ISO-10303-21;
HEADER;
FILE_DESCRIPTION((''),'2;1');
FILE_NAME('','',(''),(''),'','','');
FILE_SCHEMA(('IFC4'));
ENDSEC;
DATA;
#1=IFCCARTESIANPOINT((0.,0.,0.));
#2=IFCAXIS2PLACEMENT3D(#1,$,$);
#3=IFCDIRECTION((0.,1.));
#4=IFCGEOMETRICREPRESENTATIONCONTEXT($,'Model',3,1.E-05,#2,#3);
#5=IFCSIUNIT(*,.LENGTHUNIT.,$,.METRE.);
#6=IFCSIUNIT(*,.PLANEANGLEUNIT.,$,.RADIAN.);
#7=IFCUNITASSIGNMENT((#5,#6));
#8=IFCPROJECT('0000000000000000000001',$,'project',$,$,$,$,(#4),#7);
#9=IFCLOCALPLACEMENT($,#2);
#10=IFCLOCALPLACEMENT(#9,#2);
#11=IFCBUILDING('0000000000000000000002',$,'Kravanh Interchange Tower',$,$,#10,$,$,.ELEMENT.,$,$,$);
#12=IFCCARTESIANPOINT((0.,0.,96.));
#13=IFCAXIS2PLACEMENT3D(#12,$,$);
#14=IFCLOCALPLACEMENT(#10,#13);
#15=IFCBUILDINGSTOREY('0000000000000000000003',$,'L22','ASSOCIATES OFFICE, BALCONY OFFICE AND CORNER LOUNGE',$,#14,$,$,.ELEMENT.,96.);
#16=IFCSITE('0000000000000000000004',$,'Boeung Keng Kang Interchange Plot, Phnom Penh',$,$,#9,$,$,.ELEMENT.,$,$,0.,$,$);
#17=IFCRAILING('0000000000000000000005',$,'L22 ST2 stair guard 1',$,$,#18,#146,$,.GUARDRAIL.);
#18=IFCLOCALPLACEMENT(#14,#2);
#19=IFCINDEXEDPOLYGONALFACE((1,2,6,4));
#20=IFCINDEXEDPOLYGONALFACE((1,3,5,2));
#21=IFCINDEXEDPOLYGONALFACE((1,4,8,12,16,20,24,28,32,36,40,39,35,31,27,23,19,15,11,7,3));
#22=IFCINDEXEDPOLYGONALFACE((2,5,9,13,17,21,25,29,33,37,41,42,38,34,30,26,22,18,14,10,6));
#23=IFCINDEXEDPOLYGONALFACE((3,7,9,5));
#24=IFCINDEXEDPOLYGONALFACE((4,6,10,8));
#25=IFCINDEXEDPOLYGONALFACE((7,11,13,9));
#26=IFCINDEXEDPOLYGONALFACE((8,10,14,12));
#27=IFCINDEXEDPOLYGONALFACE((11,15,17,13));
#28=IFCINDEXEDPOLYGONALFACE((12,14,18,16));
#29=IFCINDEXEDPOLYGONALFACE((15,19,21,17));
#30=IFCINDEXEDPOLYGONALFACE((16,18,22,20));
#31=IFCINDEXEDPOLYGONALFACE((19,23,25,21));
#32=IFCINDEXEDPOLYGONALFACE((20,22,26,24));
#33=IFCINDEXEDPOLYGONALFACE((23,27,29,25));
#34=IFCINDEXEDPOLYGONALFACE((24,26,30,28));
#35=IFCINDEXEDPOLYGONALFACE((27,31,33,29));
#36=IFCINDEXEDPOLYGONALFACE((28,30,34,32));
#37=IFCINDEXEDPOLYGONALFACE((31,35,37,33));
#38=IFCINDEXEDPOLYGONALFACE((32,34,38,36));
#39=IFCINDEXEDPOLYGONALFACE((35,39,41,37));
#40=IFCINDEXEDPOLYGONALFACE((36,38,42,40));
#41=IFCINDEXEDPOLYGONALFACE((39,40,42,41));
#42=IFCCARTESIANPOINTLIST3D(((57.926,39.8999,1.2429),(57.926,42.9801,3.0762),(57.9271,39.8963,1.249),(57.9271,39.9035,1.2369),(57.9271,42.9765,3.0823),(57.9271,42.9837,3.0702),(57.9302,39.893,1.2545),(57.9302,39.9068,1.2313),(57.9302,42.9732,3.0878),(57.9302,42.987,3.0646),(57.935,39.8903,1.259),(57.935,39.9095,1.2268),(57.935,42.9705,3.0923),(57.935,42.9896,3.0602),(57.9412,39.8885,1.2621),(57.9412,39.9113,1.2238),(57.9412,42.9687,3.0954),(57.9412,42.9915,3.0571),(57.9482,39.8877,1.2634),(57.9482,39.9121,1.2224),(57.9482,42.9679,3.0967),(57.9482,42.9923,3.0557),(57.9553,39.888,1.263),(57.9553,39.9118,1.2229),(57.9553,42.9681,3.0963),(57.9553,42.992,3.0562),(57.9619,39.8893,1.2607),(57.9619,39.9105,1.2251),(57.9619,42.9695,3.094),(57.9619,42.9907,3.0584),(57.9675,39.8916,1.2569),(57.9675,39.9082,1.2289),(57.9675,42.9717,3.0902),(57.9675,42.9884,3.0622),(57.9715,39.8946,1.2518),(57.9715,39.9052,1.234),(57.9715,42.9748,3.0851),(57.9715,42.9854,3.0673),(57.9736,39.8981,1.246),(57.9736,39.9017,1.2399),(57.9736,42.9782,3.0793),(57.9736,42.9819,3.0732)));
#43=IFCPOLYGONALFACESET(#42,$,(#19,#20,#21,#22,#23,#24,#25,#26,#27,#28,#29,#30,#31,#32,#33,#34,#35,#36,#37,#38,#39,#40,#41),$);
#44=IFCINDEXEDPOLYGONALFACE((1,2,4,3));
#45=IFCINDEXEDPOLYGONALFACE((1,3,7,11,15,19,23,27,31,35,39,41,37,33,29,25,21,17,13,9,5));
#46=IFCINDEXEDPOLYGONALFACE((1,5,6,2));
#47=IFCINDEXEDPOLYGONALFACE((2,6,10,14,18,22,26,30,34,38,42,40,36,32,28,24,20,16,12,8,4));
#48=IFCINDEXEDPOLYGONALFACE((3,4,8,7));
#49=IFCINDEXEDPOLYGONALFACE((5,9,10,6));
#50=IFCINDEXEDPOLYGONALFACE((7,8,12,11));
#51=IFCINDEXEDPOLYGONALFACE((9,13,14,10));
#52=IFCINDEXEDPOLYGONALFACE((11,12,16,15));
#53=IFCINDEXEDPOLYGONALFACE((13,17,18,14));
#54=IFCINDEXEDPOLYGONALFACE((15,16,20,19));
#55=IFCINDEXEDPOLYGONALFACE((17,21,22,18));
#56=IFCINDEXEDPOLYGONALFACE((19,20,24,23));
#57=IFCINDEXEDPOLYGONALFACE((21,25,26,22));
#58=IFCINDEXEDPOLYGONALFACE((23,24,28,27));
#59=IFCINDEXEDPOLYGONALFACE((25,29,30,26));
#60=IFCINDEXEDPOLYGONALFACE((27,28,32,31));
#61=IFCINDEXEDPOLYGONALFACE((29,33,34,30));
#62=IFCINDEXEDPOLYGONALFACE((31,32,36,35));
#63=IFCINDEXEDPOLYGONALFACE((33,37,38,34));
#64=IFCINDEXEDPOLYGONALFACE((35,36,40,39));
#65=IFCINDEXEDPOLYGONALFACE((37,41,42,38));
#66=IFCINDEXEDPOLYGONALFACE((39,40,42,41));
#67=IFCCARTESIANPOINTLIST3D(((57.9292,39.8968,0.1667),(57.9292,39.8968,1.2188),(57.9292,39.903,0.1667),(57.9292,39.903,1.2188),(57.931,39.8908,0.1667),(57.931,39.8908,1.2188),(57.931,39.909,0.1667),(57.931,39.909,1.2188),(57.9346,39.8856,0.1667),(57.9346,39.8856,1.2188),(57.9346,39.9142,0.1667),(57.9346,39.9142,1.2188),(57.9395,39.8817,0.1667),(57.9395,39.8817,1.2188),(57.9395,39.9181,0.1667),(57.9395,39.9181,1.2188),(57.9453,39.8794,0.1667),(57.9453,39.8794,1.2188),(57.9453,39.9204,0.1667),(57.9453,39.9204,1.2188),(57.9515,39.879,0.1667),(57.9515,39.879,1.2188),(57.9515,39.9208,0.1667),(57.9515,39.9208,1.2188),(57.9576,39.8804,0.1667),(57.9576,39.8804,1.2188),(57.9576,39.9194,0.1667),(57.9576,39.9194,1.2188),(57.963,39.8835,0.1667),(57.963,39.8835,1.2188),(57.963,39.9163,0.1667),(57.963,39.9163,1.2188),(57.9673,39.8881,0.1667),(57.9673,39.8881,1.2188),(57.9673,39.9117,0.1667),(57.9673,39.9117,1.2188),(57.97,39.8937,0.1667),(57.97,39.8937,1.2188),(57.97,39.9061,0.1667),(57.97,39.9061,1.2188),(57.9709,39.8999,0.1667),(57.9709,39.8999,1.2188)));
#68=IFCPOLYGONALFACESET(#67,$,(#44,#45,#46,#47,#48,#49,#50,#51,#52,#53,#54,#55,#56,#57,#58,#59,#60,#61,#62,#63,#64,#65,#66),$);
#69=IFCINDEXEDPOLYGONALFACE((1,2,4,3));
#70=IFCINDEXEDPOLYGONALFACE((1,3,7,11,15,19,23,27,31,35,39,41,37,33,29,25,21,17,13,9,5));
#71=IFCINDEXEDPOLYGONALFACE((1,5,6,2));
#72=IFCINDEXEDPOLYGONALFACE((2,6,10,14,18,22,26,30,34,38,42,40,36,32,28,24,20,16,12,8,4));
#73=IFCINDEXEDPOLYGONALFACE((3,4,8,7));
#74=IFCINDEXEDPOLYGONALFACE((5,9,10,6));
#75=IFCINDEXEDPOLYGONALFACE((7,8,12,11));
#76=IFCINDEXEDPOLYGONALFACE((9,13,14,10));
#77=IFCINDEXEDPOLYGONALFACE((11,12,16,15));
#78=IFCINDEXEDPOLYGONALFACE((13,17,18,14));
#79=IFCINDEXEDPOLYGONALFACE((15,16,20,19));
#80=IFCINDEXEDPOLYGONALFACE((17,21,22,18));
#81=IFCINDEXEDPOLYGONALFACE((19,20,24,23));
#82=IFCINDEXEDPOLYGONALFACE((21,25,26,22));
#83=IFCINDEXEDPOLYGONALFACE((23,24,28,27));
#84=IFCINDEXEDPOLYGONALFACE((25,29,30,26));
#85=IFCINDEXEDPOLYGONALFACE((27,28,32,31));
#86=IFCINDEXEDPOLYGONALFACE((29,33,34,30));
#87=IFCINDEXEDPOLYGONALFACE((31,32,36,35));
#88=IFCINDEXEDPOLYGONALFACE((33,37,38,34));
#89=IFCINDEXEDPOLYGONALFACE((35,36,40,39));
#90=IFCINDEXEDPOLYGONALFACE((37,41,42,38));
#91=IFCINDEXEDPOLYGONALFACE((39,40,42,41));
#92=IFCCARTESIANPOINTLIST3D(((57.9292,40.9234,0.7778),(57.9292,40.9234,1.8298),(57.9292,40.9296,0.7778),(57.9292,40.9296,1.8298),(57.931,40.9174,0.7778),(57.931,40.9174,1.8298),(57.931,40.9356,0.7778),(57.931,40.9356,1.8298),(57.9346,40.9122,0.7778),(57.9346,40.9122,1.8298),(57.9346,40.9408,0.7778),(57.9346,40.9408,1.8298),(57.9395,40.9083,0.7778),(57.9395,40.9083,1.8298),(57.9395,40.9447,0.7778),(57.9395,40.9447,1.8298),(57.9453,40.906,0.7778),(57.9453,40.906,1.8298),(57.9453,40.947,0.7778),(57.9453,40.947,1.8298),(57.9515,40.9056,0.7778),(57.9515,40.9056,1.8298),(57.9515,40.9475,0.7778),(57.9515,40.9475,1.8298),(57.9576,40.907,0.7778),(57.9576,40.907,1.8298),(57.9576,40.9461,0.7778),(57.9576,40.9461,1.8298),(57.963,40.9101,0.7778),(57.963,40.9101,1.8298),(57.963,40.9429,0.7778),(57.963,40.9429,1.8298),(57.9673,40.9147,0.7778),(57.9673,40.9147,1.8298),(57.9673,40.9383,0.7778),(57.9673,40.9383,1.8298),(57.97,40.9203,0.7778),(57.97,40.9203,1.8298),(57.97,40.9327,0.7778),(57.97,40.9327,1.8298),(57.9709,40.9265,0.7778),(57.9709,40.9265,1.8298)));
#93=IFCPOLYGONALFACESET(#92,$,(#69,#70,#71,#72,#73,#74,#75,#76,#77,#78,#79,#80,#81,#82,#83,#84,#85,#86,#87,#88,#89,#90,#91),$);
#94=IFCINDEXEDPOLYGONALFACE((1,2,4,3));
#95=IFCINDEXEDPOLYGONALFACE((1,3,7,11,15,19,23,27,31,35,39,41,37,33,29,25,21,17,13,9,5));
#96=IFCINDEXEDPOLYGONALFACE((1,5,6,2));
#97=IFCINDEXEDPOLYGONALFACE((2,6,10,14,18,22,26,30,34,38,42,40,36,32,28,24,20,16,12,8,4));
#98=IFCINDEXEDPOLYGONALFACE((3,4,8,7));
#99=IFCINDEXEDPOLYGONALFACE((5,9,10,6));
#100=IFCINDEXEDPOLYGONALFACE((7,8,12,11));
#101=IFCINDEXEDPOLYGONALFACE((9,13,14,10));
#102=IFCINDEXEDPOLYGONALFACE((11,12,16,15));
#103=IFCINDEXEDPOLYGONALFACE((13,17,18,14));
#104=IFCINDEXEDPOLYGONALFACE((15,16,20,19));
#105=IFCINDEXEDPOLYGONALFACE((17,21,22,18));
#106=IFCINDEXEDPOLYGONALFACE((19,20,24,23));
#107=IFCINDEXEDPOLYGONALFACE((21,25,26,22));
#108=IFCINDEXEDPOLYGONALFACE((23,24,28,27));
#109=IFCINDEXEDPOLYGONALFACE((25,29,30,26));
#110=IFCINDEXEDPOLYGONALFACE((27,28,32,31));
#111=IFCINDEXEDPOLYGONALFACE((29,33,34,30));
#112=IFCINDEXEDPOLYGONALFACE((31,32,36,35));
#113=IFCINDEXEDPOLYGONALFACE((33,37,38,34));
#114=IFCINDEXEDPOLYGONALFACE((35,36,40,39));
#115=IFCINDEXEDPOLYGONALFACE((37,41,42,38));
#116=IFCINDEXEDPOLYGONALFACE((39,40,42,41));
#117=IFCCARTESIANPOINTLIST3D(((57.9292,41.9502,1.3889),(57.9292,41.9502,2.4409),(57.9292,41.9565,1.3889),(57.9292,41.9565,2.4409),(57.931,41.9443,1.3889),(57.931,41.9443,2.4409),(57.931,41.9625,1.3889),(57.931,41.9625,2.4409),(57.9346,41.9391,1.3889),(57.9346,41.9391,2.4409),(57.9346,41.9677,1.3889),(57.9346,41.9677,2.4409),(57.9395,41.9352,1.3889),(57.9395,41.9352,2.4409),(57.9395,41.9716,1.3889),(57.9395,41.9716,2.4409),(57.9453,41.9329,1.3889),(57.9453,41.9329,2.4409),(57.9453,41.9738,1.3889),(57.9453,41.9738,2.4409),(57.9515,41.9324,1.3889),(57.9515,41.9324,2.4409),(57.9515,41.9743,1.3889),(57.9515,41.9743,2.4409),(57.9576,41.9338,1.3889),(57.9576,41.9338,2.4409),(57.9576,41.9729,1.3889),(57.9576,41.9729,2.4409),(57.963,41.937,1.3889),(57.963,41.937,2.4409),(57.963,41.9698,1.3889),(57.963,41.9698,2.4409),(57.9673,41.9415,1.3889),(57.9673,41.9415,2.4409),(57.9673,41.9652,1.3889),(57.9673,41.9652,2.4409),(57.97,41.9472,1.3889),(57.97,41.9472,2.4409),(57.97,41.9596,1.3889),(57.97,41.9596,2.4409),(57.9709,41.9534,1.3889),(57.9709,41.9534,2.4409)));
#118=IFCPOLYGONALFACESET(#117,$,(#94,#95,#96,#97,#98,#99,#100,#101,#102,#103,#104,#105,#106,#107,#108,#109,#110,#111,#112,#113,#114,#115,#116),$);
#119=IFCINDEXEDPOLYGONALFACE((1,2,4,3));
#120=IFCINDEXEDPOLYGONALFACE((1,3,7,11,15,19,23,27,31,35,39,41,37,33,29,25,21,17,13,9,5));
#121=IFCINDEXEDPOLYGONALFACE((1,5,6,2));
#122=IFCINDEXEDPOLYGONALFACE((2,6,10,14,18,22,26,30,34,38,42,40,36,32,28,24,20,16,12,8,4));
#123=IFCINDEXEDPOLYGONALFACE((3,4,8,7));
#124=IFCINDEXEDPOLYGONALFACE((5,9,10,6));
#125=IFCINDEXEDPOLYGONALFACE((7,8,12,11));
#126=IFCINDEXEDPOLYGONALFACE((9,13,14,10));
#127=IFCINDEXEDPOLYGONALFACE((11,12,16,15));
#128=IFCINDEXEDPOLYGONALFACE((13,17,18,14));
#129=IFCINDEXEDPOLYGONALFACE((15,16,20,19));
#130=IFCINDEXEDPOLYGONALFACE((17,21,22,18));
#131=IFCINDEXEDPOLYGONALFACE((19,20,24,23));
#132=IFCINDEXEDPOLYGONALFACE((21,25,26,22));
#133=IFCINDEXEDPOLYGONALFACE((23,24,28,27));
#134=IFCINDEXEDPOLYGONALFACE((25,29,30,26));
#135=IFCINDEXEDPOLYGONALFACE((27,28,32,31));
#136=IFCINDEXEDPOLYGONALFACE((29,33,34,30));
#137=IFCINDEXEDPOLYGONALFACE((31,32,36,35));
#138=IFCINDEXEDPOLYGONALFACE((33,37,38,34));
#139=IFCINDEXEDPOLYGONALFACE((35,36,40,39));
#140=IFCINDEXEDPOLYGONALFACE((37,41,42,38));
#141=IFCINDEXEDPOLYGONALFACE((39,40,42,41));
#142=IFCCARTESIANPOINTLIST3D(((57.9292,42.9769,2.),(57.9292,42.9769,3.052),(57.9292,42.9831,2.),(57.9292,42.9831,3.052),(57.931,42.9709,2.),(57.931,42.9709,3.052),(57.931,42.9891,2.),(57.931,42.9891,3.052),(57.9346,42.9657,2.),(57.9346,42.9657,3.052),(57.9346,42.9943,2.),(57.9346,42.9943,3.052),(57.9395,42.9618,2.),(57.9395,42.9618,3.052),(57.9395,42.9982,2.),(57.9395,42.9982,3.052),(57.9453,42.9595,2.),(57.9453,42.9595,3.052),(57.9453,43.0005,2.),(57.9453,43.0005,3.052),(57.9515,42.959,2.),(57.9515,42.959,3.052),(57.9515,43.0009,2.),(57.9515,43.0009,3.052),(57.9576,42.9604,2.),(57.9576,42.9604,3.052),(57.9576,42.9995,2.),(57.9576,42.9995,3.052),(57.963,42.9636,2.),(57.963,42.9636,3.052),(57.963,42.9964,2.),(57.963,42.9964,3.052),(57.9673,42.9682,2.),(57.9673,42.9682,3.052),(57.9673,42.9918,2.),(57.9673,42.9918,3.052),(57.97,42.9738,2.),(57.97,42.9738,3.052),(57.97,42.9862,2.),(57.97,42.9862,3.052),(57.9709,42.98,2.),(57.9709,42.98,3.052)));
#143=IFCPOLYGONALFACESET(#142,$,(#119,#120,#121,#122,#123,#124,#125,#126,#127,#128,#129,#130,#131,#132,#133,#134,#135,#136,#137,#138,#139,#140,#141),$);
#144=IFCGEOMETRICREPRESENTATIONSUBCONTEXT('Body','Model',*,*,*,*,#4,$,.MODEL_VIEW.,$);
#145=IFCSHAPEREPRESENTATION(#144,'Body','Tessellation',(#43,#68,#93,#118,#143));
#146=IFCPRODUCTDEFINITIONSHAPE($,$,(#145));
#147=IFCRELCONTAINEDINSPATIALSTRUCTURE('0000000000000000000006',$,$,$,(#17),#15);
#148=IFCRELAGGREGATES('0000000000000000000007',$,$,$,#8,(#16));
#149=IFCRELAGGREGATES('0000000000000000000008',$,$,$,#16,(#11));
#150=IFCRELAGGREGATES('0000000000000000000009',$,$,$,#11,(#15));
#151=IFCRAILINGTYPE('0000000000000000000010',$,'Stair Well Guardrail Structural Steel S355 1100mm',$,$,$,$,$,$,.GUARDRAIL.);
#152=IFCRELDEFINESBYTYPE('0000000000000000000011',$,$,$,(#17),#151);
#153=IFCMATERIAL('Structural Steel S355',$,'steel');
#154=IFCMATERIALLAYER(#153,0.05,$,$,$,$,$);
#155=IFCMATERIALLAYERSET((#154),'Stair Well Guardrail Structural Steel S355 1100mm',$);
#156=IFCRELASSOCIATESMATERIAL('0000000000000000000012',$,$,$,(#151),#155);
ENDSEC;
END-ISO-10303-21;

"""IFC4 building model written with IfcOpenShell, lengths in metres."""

from ifc_helpers import new_model, si_unit, direction, frame, origin, origin_2d, place, context, subcontext, project, spatial, circle, extrude, material, layer, layer_set, type_object, element, save


model = new_model("IFC4")

# Units and contexts
model_context = context("Model", 3, precision=1e-05, world=origin(), true_north=direction((0.0, 1.0)))
body_context = subcontext(model_context, "Body", "Model", "MODEL_VIEW")
ifc_project = project(units=[si_unit("LENGTHUNIT", "METRE"), si_unit("PLANEANGLEUNIT", "RADIAN")], contexts=[model_context])

# Site, building, storey
site_placement = place(None, origin())
site = spatial("IfcSite", under=ifc_project, at=site_placement, Name="Boeung Keng Kang Interchange Plot, Phnom Penh", CompositionType="ELEMENT", RefElevation=0.0)
building_placement = place(site_placement, origin())
building = spatial("IfcBuilding", under=site, at=building_placement, Name="Kravanh Interchange Tower", CompositionType="ELEMENT")
storey_placement = place(building_placement, frame((0.0, 0.0, 96.0)))
storey = spatial("IfcBuildingStorey", under=building, at=storey_placement, Name="L22", Description="ASSOCIATES OFFICE, BALCONY OFFICE AND CORNER LOUNGE", CompositionType="ELEMENT", Elevation=96.0)

# Railing
ifc_material_1 = material(Name="Structural Steel S355", Category="steel")
ifc_layer_1 = layer(ifc_material_1, 0.05)
ifc_layer_set_1 = layer_set([ifc_layer_1], Name="Stair Well Guardrail Structural Steel S355 1100mm")
railing_type_1 = type_object("IfcRailingType", Name="Stair Well Guardrail Structural Steel S355 1100mm", PredefinedType="GUARDRAIL", material=ifc_layer_set_1)
railing_1_placement = place(storey_placement, frame((57.95, 39.8999, 0.1667)))
element("IfcRailing", 1, at=railing_1_placement, inside=storey, type_object=railing_type_1, Name="L22 ST2 stair guard 1", PredefinedType="GUARDRAIL", context=body_context, shape_type="SweptSolid", body=[
    extrude(circle(Radius=0.0239, at=origin_2d()), frame((0.0, 0.0, 1.0762), z_axis=(0.0, 0.859309, 0.511458), x_axis=(-1.0, 0.0, 0.0)), (0.0, 0.0, 1.0), 3.5845),
    extrude(circle(Radius=0.021, at=origin_2d()), origin(), (0.0, 0.0, 1.0), 1.052),
    extrude(circle(Radius=0.021, at=origin_2d()), frame((0.0, 1.0266, 0.6111)), (0.0, 0.0, 1.0), 1.052),
    extrude(circle(Radius=0.021, at=origin_2d()), frame((0.0, 2.0535, 1.2222)), (0.0, 0.0, 1.0), 1.052),
    extrude(circle(Radius=0.021, at=origin_2d()), frame((0.0, 3.0801, 1.8333)), (0.0, 0.0, 1.0), 1.052),
])

save(model, "model.ifc")
